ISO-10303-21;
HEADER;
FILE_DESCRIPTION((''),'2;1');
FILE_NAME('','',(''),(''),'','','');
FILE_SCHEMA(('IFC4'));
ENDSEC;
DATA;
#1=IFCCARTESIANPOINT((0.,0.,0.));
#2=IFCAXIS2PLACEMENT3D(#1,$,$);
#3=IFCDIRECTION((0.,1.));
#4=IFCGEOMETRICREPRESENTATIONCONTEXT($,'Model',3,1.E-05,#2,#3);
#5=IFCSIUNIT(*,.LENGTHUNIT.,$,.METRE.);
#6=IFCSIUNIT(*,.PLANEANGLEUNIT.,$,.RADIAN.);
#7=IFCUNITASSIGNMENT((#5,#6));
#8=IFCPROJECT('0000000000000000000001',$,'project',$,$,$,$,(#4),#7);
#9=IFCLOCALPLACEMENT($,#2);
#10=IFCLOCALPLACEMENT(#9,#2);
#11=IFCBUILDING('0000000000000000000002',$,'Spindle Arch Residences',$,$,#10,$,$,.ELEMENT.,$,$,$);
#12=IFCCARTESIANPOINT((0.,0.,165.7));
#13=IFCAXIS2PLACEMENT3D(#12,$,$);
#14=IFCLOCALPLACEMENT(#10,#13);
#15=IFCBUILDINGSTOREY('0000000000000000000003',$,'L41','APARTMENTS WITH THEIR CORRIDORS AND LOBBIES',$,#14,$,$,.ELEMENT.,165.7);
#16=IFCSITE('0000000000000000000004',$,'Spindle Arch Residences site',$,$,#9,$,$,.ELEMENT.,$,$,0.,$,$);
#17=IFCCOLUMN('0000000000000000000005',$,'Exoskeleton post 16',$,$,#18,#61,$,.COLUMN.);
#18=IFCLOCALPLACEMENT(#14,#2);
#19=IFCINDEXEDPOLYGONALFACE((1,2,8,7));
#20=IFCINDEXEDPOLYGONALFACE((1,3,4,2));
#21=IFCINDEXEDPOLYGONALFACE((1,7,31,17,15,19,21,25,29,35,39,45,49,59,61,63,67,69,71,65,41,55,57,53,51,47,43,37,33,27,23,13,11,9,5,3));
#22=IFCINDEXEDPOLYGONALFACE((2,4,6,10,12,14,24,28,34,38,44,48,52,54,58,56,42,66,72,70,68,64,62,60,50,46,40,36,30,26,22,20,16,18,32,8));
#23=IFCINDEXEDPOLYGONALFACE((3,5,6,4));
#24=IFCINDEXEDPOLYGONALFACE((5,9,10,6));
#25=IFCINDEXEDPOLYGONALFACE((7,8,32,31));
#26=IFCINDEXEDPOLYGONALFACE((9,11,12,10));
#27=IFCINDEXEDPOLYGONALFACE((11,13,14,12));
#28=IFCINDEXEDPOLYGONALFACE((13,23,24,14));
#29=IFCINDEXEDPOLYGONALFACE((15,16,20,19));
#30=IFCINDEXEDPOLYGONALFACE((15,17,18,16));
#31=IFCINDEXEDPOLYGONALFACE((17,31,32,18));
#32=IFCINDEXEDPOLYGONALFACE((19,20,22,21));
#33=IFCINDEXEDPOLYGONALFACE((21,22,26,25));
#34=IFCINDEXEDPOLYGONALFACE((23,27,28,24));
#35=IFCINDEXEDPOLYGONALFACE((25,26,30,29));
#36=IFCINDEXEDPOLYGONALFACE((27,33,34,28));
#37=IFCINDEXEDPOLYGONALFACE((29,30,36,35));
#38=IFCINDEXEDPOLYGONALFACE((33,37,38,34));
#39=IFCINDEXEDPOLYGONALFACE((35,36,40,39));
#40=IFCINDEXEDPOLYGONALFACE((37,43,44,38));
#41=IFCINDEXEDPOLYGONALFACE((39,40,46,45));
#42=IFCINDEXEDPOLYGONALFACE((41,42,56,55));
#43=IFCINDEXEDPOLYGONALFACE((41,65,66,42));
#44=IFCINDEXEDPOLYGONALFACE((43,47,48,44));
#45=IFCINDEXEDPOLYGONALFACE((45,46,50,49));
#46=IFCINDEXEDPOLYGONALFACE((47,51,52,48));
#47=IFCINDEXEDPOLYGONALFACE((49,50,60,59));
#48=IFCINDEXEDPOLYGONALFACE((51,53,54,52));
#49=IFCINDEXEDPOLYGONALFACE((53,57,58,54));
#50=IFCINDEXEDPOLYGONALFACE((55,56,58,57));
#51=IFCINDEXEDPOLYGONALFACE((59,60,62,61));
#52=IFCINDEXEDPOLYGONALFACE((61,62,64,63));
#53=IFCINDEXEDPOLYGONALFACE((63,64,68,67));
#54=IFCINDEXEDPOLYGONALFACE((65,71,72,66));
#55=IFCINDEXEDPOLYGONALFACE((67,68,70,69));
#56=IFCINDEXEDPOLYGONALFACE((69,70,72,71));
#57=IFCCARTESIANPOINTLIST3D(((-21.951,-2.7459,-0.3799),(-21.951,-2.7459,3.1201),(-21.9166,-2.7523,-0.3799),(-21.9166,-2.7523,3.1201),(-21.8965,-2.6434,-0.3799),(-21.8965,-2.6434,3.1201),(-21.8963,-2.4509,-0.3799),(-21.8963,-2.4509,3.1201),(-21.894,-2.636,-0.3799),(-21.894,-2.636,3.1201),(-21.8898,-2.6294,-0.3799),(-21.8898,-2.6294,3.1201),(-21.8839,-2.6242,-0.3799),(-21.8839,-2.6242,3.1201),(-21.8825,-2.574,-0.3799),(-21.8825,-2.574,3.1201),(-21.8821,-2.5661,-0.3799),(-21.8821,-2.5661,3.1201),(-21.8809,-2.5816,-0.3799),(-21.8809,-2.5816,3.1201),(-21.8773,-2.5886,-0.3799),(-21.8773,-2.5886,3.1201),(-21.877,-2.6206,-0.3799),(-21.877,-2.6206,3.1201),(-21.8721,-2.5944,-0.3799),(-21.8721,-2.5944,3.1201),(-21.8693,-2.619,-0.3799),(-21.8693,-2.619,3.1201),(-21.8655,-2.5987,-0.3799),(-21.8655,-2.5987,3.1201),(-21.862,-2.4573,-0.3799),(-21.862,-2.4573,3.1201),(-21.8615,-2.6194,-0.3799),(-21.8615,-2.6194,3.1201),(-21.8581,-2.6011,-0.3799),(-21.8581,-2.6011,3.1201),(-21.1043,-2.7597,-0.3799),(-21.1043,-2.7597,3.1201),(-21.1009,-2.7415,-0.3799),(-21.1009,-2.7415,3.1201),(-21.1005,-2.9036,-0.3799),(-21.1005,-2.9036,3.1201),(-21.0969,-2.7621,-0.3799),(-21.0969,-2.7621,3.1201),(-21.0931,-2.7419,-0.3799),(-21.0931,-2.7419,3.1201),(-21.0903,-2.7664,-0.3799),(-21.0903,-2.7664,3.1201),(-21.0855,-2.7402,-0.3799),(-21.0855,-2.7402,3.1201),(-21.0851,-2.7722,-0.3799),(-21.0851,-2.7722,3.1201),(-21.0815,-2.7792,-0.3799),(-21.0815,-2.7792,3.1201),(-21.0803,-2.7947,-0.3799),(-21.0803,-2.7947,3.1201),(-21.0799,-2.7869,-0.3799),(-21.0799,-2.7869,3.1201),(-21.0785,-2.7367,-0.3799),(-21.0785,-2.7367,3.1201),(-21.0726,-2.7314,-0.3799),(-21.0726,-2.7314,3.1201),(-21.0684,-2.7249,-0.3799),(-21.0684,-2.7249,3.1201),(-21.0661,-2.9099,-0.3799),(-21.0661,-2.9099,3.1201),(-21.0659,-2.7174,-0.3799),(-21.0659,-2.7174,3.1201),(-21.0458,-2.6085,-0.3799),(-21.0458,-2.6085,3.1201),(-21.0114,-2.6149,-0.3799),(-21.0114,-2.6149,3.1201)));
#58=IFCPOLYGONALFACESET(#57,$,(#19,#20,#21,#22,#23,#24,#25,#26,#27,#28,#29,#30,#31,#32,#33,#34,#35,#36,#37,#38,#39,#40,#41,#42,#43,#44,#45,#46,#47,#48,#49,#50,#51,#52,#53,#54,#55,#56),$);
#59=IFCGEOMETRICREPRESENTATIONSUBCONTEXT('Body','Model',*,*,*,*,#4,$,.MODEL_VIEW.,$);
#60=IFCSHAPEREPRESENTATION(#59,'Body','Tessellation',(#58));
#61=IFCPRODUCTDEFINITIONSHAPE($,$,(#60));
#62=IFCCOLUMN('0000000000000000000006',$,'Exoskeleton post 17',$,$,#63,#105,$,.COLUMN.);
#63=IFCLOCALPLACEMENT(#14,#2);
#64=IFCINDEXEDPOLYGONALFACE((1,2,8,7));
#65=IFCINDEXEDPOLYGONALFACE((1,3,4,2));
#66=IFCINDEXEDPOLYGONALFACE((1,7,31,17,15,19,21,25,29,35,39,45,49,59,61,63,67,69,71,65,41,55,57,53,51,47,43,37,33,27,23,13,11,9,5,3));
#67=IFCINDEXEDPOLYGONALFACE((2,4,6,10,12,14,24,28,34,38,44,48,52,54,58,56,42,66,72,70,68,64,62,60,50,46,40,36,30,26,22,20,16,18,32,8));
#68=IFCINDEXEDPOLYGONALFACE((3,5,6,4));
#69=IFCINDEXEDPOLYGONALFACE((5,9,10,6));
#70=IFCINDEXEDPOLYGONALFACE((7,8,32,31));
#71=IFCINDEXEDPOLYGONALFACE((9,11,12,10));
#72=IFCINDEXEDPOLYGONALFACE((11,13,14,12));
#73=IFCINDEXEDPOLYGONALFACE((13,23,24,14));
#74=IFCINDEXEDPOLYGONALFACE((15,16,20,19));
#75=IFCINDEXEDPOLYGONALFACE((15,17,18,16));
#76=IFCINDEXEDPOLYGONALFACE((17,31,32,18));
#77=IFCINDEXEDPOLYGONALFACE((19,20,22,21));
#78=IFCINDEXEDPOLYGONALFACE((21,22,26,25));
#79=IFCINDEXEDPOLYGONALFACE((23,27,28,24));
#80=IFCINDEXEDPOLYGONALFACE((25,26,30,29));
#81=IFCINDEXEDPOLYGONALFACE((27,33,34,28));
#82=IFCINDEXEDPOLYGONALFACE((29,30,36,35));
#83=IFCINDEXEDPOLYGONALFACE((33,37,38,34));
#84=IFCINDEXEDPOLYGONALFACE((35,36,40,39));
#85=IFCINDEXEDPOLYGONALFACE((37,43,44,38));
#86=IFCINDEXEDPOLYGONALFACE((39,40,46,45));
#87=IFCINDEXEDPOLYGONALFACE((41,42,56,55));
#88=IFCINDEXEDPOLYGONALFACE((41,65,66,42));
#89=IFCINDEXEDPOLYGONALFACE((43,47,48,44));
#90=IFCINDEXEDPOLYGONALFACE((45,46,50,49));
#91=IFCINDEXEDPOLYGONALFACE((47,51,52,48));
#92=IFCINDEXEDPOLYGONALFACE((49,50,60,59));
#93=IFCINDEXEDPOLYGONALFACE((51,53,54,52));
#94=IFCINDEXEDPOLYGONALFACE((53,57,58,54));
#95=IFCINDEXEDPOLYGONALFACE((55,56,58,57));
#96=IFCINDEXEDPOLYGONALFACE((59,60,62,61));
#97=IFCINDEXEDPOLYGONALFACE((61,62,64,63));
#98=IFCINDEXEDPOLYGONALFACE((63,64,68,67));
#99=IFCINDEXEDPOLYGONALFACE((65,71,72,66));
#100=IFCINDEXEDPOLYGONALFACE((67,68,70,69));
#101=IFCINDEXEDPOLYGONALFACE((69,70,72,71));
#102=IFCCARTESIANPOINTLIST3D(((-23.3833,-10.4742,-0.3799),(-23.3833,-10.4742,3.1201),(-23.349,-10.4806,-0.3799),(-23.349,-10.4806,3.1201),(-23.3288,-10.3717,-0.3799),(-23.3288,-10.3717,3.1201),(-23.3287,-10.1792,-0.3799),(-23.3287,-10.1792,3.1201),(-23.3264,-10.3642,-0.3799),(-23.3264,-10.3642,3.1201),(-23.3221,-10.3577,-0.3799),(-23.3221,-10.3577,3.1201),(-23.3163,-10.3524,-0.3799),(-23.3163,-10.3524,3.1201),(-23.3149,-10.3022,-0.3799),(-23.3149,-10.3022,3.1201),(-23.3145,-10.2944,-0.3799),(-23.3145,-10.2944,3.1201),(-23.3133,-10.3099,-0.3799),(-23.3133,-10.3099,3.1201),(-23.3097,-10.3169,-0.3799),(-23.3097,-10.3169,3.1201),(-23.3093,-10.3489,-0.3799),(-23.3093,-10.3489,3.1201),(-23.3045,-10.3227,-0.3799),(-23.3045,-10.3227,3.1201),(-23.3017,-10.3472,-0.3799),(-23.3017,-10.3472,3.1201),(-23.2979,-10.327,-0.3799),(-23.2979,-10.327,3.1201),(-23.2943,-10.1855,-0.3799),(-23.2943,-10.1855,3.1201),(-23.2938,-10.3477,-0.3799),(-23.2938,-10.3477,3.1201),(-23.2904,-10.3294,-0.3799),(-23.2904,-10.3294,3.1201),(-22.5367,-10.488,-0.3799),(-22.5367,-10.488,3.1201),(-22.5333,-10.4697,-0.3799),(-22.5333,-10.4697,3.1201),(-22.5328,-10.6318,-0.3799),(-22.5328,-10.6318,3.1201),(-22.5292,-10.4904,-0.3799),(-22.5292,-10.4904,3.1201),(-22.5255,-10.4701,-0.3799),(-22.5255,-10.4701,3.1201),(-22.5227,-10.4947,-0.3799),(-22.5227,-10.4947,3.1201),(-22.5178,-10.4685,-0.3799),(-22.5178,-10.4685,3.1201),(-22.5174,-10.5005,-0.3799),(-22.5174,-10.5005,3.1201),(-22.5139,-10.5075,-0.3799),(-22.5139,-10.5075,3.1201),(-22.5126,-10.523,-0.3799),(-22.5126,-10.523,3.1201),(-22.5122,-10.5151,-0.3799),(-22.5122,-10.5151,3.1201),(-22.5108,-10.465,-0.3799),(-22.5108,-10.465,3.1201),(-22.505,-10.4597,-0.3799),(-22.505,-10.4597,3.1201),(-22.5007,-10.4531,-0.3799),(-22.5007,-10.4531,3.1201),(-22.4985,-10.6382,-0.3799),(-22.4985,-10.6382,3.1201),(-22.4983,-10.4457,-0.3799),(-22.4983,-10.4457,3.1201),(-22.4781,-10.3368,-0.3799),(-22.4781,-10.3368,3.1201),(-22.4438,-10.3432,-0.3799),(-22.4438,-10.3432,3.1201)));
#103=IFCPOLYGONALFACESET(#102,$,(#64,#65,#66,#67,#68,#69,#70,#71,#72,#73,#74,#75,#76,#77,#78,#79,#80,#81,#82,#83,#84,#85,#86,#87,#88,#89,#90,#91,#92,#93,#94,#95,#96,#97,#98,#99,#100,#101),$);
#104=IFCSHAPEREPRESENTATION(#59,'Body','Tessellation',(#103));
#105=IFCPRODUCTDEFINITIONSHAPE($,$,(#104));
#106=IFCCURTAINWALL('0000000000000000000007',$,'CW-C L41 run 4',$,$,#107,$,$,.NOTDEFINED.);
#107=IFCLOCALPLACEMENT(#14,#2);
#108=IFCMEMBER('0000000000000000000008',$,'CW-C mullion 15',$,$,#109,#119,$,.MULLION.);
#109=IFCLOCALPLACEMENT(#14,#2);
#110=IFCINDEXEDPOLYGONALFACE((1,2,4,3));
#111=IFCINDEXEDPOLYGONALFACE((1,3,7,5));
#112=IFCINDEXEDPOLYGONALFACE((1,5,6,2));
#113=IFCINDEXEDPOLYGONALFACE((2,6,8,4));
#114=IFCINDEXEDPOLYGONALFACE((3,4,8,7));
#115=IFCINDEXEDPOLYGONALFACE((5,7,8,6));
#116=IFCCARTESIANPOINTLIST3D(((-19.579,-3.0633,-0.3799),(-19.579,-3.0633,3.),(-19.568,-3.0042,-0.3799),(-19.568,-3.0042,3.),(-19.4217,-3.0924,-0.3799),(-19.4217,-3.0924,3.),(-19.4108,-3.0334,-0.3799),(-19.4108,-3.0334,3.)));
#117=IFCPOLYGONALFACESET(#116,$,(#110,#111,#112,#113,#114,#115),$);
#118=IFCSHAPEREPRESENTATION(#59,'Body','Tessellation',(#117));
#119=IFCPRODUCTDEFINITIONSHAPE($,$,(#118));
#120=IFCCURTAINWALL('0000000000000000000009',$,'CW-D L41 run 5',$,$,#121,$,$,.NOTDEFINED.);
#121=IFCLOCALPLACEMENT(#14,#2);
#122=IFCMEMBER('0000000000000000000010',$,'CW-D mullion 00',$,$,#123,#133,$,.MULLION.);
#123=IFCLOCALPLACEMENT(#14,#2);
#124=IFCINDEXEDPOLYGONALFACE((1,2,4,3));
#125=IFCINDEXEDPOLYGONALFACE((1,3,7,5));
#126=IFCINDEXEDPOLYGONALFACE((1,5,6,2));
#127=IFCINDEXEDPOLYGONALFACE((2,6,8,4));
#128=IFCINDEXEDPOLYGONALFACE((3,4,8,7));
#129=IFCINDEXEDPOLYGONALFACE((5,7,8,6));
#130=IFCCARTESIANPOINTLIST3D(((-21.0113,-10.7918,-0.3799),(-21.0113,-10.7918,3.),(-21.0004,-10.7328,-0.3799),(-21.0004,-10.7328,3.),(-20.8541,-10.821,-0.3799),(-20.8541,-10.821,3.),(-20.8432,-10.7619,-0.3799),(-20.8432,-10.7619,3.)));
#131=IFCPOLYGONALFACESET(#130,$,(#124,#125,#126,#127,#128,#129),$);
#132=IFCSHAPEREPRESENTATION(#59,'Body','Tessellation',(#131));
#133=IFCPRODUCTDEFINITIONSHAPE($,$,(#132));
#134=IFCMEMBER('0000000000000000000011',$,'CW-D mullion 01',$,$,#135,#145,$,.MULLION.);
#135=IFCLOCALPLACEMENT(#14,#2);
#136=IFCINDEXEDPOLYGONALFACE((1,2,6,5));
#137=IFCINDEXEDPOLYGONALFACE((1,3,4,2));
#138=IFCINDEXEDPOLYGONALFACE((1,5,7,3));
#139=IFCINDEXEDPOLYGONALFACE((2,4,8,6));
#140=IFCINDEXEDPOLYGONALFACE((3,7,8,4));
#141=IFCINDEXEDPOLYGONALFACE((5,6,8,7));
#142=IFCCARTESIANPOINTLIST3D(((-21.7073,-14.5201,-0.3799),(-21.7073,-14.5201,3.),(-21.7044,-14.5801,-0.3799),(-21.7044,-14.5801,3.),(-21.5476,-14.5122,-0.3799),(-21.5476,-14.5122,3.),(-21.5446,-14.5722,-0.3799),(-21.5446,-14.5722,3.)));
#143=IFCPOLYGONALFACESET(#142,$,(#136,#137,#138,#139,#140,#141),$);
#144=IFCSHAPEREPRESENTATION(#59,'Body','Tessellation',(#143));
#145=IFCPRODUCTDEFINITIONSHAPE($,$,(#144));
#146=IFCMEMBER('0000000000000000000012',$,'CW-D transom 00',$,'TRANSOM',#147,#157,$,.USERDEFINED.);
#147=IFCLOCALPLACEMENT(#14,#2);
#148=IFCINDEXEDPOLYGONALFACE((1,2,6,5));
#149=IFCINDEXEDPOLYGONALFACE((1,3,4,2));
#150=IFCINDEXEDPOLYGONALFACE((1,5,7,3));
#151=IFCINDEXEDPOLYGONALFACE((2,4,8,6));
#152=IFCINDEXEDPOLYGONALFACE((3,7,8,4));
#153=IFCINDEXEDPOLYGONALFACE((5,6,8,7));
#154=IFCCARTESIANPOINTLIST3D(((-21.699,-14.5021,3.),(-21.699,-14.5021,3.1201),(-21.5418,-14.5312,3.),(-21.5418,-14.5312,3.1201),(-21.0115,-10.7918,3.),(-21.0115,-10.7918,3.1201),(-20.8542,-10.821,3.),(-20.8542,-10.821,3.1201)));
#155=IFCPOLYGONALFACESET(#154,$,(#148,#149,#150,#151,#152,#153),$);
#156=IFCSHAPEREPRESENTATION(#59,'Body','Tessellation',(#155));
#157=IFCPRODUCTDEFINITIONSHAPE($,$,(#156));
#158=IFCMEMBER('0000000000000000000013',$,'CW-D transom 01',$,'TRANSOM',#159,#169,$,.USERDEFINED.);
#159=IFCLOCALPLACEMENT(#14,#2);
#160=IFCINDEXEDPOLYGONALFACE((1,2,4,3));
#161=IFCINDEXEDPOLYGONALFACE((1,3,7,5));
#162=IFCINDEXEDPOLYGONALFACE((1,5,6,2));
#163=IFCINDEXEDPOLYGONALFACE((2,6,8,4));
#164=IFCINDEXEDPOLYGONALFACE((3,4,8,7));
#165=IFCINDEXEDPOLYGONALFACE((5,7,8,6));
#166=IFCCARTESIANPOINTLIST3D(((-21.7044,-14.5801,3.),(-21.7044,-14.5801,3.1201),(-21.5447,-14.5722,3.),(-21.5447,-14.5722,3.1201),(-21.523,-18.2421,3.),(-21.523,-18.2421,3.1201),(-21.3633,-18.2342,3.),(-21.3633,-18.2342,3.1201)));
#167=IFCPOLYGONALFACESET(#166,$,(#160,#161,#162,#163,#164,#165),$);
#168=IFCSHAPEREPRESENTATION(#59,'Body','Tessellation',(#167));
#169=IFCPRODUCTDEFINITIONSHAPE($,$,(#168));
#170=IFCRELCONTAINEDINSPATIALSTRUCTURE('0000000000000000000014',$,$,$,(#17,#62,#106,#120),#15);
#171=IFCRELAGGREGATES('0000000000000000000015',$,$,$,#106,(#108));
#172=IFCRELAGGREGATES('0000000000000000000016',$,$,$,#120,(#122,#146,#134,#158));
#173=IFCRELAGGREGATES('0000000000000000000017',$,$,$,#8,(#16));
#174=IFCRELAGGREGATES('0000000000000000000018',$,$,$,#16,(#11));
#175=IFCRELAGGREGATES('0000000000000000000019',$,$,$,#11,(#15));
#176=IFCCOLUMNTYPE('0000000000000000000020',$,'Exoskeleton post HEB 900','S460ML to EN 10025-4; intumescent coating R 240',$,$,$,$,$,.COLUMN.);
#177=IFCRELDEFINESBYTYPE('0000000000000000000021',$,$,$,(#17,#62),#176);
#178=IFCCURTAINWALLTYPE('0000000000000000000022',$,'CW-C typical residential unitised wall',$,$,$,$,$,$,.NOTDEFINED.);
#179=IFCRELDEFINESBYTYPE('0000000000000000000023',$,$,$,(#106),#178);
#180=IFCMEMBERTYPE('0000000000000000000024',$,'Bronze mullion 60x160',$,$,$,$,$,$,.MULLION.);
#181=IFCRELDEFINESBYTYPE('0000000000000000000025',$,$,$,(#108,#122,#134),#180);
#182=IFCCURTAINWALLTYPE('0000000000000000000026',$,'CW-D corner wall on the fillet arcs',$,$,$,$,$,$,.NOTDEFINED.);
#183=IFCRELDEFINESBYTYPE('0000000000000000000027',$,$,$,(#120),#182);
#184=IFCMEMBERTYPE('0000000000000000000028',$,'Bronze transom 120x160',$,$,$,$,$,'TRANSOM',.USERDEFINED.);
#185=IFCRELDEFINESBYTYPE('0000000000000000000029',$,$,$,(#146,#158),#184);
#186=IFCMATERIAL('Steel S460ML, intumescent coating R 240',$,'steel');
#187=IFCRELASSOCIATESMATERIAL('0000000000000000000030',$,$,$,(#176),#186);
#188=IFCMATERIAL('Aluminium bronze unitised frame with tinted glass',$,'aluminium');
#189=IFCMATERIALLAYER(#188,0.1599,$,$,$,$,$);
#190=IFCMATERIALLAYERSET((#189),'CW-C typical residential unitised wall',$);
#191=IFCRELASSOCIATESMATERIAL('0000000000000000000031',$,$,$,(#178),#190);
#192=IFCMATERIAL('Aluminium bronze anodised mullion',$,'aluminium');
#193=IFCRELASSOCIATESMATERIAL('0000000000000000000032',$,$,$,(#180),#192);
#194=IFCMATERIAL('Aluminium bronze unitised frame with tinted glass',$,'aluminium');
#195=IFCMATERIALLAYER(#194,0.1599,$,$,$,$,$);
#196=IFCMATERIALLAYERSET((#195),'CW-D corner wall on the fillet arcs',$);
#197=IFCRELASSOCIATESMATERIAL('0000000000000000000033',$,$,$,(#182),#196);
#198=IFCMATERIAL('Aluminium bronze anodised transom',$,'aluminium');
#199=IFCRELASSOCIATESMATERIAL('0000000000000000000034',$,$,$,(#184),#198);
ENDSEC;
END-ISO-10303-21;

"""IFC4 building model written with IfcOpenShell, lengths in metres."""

from ifc_helpers import new_model, si_unit, direction, frame, origin, origin_2d, place, context, subcontext, project, spatial, rectangle, i_section, extrude, material, layer, layer_set, material_profile, profile_set, type_object, element, aggregate, save


model = new_model("IFC4")

# Units and contexts
model_context = context("Model", 3, precision=1e-05, world=origin(), true_north=direction((0.0, 1.0)))
body_context = subcontext(model_context, "Body", "Model", "MODEL_VIEW")
ifc_project = project(units=[si_unit("LENGTHUNIT", "METRE"), si_unit("PLANEANGLEUNIT", "RADIAN")], contexts=[model_context])

# Site, building, storey
site_placement = place(None, origin())
site = spatial("IfcSite", under=ifc_project, at=site_placement, Name="Spindle Arch Residences site", CompositionType="ELEMENT", RefElevation=0.0)
building_placement = place(site_placement, origin())
building = spatial("IfcBuilding", under=site, at=building_placement, Name="Spindle Arch Residences", CompositionType="ELEMENT")
storey_placement = place(building_placement, frame((0.0, 0.0, 165.7)))
storey = spatial("IfcBuildingStorey", under=building, at=storey_placement, Name="L41", Description="APARTMENTS WITH THEIR CORRIDORS AND LOBBIES", CompositionType="ELEMENT", Elevation=165.7)

# Columns
ifc_material_1 = material(Name="Steel S460ML, intumescent coating R 240", Category="steel")
ifc_material_profile_1 = material_profile(ifc_material_1, i_section(OverallWidth=0.3, OverallDepth=0.8999, WebThickness=0.0186, FlangeThickness=0.0349, FilletRadius=0.03, at=origin_2d()), Name="HEB 900")
ifc_profile_set_1 = profile_set([ifc_material_profile_1], Name="Steel S460ML, intumescent coating R 240")
column_type = type_object("IfcColumnType", Name="Exoskeleton post HEB 900", Description="S460ML to EN 10025-4; intumescent coating R 240", PredefinedType="COLUMN", material=ifc_profile_set_1)
for number, where, z_axis, x_axis, name in (
    (1, (-21.4812, -2.6804, -0.3799), (0.0, 0.0, 1.0), (0.182236, 0.983255, 0.0), "Exoskeleton post 16"),
    (2, (-22.9136, -10.4087, -0.3799), (0.0, 0.0, 1.0), (0.182236, 0.983255, 0.0), "Exoskeleton post 17"),
):
    element("IfcColumn", number, at=place(storey_placement, frame(where, z_axis=z_axis, x_axis=x_axis)), inside=storey, type_object=column_type, Name=name, PredefinedType="COLUMN", context=body_context, shape_type="SweptSolid", body=[
        extrude(i_section(OverallWidth=0.3, OverallDepth=0.8999, WebThickness=0.0186, FlangeThickness=0.0349, FilletRadius=0.03, at=origin_2d()), origin(), (0.0, 0.0, 1.0), 3.5),
    ])

# Curtain wall, member
ifc_material_2 = material(Name="Aluminium bronze unitised frame with tinted glass", Category="aluminium")
ifc_layer_1 = layer(ifc_material_2, 0.1599)
ifc_layer_set_1 = layer_set([ifc_layer_1], Name="CW-C typical residential unitised wall")
curtain_wall_type_1 = type_object("IfcCurtainWallType", Name="CW-C typical residential unitised wall", PredefinedType="NOTDEFINED", material=ifc_layer_set_1)
curtain_wall_1_placement = place(storey_placement, origin())
curtain_wall_1 = element("IfcCurtainWall", 3, at=curtain_wall_1_placement, inside=storey, type_object=curtain_wall_type_1, Name="CW-C L41 run 4", PredefinedType="NOTDEFINED")
ifc_material_3 = material(Name="Aluminium bronze anodised mullion", Category="aluminium")
ifc_material_profile_2 = material_profile(ifc_material_3, rectangle(XDim=0.1599, YDim=0.0601, at=origin_2d()), Name="MU 60x160")
ifc_profile_set_2 = profile_set([ifc_material_profile_2], Name="Aluminium bronze anodised mullion")
member_type_1 = type_object("IfcMemberType", Name="Bronze mullion 60x160", PredefinedType="MULLION", material=ifc_profile_set_2)
member_1_placement = place(storey_placement, frame((-19.4949, -3.0483, -0.3799), z_axis=(0.0, 0.0, 1.0), x_axis=(0.983255, -0.182236, 0.0)))
member_1 = element("IfcMember", 4, at=member_1_placement, type_object=member_type_1, Name="CW-C mullion 15", PredefinedType="MULLION", context=body_context, shape_type="SweptSolid", body=[
    extrude(rectangle(XDim=0.1599, YDim=0.0601, at=origin_2d()), origin(), (0.0, 0.0, 1.0), 3.3799),
])

# Curtain wall, members
ifc_material_4 = material(Name="Aluminium bronze unitised frame with tinted glass", Category="aluminium")
ifc_layer_2 = layer(ifc_material_4, 0.1599)
ifc_layer_set_2 = layer_set([ifc_layer_2], Name="CW-D corner wall on the fillet arcs")
curtain_wall_type_2 = type_object("IfcCurtainWallType", Name="CW-D corner wall on the fillet arcs", PredefinedType="NOTDEFINED", material=ifc_layer_set_2)
curtain_wall_2_placement = place(storey_placement, origin())
curtain_wall_2 = element("IfcCurtainWall", 5, at=curtain_wall_2_placement, inside=storey, type_object=curtain_wall_type_2, Name="CW-D L41 run 5", PredefinedType="NOTDEFINED")
member_2_placement = place(storey_placement, frame((-20.9272, -10.7769, -0.3799), z_axis=(0.0, 0.0, 1.0), x_axis=(0.983255, -0.182236, 0.0)))
member_2 = element("IfcMember", 6, at=member_2_placement, type_object=member_type_1, Name="CW-D mullion 00", PredefinedType="MULLION", context=body_context, shape_type="SweptSolid", body=[
    extrude(rectangle(XDim=0.1599, YDim=0.0601, at=origin_2d()), origin(), (0.0, 0.0, 1.0), 3.3799),
])
member_3_placement = place(storey_placement, frame((-21.626, -14.5461, -0.3799), z_axis=(0.0, 0.0, 1.0), x_axis=(0.998778, 0.049431, 0.0)))
member_3 = element("IfcMember", 7, at=member_3_placement, type_object=member_type_1, Name="CW-D mullion 01", PredefinedType="MULLION", context=body_context, shape_type="SweptSolid", body=[
    extrude(rectangle(XDim=0.1599, YDim=0.0601, at=origin_2d()), origin(), (0.0, 0.0, 1.0), 3.3799),
])
ifc_material_5 = material(Name="Aluminium bronze anodised transom", Category="aluminium")
ifc_material_profile_3 = material_profile(ifc_material_5, rectangle(XDim=0.1599, YDim=0.1201, at=origin_2d()), Name="TR 120x160")
ifc_profile_set_3 = profile_set([ifc_material_profile_3], Name="Aluminium bronze anodised transom")
member_type_2 = type_object("IfcMemberType", Name="Bronze transom 120x160", ElementType="TRANSOM", PredefinedType="USERDEFINED", material=ifc_profile_set_3)
member_4_placement = place(storey_placement, frame((-20.9329, -10.8064, 3.0601), z_axis=(-0.182198, -0.983262, 0.0), x_axis=(0.983262, -0.182198, 0.0)))
member_4 = element("IfcMember", 8, at=member_4_placement, type_object=member_type_2, Name="CW-D transom 00", ObjectType="TRANSOM", PredefinedType="USERDEFINED", context=body_context, shape_type="SweptSolid", body=[
    extrude(rectangle(XDim=0.1599, YDim=0.1201, at=origin_2d()), origin(), (0.0, 0.0, 1.0), 3.7734),
])
member_5_placement = place(storey_placement, frame((-21.6245, -14.5762, 3.0601), z_axis=(0.049473, -0.998775, 0.0), x_axis=(0.998775, 0.049473, 0.0)))
member_5 = element("IfcMember", 9, at=member_5_placement, type_object=member_type_2, Name="CW-D transom 01", ObjectType="TRANSOM", PredefinedType="USERDEFINED", context=body_context, shape_type="SweptSolid", body=[
    extrude(rectangle(XDim=0.1599, YDim=0.1201, at=origin_2d()), origin(), (0.0, 0.0, 1.0), 3.6665),
])

aggregate(curtain_wall_1, [member_1])
aggregate(curtain_wall_2, [member_2, member_4, member_3, member_5])

save(model, "model.ifc")
